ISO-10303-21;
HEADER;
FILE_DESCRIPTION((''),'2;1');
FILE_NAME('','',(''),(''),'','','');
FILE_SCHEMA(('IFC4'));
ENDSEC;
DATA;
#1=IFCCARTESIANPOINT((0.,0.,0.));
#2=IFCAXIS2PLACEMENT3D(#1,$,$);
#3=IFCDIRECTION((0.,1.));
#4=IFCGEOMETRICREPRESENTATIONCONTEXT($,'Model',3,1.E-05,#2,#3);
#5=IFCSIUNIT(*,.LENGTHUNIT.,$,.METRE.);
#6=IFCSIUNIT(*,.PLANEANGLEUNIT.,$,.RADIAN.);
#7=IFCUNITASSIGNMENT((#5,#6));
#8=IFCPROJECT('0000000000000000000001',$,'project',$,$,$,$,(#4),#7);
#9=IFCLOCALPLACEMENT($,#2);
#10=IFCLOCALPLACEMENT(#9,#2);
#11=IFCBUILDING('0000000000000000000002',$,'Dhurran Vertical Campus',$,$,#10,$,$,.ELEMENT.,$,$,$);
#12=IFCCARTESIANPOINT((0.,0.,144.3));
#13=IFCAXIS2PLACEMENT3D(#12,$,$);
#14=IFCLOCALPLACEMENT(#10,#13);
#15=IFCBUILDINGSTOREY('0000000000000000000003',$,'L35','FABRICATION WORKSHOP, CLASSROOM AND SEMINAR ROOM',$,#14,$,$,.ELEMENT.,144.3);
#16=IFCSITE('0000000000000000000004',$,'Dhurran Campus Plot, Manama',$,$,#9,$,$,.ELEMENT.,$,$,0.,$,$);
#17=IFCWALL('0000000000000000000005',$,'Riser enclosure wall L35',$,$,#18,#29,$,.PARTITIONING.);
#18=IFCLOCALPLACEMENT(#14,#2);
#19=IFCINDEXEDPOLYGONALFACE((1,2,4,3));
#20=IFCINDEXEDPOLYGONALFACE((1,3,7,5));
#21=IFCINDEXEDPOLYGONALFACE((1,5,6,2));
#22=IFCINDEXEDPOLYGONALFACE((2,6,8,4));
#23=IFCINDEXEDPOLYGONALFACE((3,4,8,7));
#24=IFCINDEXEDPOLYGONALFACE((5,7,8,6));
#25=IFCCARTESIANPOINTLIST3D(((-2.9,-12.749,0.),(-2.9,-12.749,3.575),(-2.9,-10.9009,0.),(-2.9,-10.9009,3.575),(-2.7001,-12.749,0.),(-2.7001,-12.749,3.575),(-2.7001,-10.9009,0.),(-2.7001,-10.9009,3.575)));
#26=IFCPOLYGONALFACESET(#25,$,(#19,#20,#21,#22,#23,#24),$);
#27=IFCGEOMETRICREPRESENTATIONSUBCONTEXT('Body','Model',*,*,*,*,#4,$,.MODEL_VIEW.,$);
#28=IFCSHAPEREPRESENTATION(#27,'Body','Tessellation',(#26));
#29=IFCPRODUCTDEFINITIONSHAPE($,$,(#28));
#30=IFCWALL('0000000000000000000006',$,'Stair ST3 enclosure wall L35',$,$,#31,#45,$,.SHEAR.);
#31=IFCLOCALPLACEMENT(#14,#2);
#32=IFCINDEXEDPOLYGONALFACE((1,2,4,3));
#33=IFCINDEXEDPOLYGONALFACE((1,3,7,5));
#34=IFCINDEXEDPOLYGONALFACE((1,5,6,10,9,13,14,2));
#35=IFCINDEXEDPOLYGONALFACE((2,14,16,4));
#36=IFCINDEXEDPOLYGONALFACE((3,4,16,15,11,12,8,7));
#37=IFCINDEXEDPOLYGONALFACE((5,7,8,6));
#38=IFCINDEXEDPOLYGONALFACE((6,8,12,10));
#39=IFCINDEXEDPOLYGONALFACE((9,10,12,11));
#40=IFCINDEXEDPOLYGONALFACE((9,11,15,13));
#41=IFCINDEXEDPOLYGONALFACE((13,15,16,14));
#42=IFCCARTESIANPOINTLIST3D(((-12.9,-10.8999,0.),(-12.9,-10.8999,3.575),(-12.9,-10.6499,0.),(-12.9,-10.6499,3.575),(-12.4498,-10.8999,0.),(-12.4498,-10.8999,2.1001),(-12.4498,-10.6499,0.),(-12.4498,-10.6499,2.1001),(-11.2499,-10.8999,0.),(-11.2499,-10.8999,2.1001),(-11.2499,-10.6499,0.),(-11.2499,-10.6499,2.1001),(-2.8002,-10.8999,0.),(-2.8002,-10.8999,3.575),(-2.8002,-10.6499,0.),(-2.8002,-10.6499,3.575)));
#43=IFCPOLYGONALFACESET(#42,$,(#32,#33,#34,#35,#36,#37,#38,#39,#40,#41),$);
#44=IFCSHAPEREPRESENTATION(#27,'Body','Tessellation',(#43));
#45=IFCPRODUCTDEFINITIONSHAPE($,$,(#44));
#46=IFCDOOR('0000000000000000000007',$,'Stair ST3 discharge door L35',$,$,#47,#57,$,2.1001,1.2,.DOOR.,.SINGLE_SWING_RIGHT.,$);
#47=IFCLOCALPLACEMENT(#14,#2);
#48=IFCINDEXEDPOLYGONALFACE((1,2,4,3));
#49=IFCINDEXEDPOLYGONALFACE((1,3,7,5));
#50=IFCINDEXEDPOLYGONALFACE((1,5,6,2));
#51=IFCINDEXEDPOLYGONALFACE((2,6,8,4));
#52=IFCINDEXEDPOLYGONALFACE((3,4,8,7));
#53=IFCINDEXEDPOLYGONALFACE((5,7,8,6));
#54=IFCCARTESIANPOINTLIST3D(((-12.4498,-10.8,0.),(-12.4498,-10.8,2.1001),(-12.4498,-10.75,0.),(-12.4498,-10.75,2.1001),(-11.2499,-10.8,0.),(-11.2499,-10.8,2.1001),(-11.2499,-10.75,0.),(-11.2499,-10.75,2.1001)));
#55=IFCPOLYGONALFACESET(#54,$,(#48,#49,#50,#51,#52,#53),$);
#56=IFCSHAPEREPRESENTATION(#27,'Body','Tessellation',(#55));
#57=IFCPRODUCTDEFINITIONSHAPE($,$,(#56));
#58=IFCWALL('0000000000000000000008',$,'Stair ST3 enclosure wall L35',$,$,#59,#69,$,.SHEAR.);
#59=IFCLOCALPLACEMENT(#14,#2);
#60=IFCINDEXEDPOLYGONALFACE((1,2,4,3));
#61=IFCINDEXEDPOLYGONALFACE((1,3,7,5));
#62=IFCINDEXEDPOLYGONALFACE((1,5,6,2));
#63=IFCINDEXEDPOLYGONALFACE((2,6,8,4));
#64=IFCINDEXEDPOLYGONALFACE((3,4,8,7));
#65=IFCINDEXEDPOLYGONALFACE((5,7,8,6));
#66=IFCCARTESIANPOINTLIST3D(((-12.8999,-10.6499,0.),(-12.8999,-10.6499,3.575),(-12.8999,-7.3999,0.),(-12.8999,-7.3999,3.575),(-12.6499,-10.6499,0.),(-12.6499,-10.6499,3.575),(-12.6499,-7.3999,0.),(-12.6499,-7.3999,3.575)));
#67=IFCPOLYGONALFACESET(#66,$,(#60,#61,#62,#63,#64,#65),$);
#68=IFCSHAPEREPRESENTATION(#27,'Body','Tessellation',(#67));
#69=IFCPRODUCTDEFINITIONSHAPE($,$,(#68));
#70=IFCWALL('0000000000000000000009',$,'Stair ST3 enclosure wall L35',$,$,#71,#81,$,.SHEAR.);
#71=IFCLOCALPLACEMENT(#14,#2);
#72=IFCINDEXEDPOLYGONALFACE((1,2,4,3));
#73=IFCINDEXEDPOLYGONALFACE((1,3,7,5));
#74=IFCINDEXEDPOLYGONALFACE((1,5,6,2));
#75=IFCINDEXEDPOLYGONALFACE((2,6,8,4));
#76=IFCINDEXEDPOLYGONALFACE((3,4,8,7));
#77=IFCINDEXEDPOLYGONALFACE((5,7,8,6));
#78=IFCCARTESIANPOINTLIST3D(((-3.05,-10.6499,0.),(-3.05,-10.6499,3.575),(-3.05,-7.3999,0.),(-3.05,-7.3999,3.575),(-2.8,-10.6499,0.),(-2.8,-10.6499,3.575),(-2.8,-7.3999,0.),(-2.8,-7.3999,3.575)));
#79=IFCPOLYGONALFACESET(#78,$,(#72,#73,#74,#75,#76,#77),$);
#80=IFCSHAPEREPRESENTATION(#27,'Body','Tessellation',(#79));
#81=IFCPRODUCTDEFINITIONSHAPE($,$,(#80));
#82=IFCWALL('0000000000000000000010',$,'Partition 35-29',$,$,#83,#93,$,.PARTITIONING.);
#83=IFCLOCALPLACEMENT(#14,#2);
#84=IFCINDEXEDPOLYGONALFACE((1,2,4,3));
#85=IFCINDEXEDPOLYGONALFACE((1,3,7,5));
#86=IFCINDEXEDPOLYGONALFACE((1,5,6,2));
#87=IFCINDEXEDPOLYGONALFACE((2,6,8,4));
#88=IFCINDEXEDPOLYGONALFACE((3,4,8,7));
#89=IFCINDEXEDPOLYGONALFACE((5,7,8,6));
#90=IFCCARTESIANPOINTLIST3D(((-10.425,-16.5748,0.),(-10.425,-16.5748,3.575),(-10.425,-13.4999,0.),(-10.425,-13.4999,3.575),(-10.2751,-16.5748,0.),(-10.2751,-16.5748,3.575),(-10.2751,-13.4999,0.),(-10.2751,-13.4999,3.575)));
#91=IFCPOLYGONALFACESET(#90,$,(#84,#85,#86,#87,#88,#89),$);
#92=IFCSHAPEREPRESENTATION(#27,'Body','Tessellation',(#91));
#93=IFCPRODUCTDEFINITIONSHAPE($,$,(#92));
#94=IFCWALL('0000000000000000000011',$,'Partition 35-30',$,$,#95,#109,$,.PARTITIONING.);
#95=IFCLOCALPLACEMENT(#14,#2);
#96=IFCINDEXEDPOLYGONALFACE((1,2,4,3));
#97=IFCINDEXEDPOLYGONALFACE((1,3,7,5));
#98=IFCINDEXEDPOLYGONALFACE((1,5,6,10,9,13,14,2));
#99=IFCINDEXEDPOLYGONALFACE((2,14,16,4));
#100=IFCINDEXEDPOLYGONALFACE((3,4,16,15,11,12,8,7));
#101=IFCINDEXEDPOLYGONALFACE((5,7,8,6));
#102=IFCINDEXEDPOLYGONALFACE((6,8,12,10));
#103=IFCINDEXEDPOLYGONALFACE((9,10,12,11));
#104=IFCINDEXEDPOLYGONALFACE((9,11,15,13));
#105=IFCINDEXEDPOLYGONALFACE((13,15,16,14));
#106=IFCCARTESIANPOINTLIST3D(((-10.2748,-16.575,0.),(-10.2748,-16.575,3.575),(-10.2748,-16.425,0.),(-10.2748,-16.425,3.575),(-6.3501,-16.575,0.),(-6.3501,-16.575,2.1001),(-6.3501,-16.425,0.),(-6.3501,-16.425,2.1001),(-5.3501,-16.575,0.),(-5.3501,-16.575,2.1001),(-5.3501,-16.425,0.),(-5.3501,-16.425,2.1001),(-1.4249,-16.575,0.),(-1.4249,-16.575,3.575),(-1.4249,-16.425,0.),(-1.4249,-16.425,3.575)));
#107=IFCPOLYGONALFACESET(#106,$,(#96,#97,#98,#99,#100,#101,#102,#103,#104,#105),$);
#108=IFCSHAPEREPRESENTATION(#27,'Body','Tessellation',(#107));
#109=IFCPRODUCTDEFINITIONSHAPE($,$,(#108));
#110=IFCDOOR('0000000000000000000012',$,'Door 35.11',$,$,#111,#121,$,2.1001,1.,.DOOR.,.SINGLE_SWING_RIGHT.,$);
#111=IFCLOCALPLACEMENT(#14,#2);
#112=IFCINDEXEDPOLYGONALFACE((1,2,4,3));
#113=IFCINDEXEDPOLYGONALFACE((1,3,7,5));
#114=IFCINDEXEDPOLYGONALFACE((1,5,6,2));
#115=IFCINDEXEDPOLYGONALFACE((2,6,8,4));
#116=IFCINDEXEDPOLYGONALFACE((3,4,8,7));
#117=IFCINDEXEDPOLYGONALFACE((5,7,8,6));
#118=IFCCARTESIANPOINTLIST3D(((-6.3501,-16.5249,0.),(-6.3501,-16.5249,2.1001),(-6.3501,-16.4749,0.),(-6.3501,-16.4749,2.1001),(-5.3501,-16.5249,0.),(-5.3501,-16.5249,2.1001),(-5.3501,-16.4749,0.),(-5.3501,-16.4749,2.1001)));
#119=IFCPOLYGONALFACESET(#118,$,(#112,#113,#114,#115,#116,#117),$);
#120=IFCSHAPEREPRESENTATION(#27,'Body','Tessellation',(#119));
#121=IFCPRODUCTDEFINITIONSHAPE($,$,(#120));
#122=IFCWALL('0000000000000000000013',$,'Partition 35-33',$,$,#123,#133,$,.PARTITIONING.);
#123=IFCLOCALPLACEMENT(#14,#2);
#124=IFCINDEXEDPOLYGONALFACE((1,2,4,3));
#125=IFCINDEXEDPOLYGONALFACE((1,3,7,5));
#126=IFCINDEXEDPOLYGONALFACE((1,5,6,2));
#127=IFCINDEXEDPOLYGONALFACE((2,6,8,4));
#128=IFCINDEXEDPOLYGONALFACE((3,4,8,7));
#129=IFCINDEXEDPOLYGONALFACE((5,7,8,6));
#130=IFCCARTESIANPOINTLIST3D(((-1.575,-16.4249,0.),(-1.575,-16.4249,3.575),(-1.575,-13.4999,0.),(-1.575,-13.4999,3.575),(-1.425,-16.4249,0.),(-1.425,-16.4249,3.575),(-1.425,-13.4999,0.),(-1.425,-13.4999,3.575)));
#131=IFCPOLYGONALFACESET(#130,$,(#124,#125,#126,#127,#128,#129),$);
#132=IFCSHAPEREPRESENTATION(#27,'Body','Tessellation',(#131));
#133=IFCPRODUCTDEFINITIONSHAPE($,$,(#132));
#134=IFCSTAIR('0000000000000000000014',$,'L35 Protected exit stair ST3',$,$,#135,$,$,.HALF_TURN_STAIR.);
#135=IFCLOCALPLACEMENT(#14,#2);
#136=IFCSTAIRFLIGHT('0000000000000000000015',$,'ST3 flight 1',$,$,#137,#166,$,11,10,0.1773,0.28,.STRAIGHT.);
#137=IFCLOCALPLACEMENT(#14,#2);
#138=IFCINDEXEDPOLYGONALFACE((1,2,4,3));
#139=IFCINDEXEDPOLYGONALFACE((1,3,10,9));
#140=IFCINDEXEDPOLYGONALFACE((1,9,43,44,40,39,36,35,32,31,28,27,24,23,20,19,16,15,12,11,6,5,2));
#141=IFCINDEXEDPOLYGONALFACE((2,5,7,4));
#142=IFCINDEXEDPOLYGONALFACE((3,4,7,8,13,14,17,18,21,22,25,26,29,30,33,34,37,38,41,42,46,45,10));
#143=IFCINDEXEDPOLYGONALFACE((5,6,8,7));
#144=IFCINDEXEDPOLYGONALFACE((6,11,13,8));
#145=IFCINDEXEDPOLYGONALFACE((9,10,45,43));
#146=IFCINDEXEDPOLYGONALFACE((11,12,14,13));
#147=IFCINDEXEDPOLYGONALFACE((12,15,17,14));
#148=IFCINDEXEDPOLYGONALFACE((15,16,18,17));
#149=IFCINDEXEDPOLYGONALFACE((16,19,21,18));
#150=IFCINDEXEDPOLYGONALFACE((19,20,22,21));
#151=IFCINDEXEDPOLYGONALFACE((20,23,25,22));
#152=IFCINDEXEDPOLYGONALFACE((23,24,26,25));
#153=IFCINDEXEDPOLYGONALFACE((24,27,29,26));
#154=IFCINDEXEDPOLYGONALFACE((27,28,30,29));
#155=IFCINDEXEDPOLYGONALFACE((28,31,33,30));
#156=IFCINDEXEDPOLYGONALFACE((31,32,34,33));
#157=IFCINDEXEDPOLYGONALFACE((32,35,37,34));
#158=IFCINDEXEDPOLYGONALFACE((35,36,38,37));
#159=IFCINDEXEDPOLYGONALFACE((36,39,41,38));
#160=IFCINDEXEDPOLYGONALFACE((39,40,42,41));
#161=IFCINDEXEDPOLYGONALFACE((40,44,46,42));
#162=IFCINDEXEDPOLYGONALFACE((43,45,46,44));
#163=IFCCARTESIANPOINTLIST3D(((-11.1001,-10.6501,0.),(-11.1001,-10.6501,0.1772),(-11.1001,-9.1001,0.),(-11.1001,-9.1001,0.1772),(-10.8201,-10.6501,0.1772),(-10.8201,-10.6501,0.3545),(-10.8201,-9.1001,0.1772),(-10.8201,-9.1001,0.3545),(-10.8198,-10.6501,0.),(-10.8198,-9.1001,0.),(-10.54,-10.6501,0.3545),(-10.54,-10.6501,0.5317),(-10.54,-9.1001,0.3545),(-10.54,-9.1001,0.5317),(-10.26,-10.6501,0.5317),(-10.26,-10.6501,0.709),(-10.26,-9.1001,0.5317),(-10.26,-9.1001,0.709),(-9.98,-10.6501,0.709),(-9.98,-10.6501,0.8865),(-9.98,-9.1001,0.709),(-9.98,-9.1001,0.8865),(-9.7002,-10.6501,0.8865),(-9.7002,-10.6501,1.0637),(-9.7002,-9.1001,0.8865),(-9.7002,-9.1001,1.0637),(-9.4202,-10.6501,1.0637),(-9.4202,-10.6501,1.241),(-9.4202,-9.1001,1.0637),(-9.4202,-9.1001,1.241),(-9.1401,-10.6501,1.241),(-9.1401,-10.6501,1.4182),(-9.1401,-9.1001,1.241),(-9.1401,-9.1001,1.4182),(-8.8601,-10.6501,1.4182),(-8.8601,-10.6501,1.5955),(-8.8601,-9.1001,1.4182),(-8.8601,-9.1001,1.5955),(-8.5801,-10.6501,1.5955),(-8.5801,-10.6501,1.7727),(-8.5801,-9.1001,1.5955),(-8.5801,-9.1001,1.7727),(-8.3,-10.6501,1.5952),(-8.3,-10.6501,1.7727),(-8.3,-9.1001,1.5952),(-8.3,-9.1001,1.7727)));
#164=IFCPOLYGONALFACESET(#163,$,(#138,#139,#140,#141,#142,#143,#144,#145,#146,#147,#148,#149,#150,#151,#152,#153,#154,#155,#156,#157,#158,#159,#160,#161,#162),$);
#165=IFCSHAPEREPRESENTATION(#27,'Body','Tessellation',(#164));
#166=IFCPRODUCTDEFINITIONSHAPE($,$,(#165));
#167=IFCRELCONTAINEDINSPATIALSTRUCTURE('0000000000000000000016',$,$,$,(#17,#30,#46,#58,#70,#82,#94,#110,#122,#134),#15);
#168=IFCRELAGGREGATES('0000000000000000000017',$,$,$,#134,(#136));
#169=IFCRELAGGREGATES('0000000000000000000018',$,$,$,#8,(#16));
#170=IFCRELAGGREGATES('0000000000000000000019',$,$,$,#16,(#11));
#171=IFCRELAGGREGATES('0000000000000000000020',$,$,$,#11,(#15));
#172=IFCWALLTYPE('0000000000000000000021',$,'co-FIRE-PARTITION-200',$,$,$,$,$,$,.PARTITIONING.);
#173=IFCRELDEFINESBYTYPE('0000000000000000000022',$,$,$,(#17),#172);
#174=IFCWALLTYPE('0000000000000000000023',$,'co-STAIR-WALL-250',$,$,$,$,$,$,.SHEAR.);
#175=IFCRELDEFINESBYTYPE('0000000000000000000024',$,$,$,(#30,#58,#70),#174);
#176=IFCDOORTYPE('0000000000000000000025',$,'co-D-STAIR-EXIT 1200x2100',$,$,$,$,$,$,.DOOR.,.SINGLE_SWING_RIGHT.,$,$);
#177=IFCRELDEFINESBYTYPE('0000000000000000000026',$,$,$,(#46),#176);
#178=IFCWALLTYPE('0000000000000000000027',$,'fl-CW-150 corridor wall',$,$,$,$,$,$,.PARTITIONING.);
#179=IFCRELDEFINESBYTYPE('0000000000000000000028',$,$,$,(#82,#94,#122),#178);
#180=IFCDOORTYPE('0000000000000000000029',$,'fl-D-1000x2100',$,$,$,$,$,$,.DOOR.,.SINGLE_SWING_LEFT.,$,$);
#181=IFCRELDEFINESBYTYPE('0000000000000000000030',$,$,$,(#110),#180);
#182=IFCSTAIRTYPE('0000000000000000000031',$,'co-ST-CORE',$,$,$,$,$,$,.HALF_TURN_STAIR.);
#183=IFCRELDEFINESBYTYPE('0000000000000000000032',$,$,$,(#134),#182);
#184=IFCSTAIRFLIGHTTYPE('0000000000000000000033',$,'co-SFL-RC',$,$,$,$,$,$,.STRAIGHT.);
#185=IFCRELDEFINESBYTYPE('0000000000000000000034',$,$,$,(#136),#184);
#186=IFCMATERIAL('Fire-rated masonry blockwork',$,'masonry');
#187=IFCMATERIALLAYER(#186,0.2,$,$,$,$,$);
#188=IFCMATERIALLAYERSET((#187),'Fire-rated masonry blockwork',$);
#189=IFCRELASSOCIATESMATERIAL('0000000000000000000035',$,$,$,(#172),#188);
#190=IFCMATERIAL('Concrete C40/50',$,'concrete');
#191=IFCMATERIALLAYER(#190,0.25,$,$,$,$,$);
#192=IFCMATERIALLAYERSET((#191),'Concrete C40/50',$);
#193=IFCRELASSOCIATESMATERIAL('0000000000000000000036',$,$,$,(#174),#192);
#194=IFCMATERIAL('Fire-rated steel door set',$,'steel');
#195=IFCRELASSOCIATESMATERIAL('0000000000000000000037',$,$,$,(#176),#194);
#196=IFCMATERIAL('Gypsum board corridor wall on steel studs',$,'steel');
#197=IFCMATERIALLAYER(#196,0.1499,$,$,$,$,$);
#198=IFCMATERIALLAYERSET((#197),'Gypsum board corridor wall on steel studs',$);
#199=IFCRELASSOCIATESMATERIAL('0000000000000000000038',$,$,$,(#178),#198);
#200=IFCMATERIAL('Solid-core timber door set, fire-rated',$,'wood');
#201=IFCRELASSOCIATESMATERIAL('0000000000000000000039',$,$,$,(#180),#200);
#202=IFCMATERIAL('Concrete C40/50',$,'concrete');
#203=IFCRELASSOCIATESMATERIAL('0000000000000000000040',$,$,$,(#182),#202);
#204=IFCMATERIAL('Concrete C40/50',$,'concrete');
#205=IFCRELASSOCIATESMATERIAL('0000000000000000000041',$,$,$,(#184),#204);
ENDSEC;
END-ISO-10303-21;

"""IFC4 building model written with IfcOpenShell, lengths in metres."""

from ifc_helpers import new_model, si_unit, direction, frame, frame_2d, origin, place, context, subcontext, project, spatial, polyline, rectangle, outline, extrude, material, layer, layer_set, type_object, element, fill, aggregate, save


model = new_model("IFC4")

# Units and contexts
model_context = context("Model", 3, precision=1e-05, world=origin(), true_north=direction((0.0, 1.0)))
body_context = subcontext(model_context, "Body", "Model", "MODEL_VIEW")
ifc_project = project(units=[si_unit("LENGTHUNIT", "METRE"), si_unit("PLANEANGLEUNIT", "RADIAN")], contexts=[model_context])

# Site, building, storey
site_placement = place(None, origin())
site = spatial("IfcSite", under=ifc_project, at=site_placement, Name="Dhurran Campus Plot, Manama", CompositionType="ELEMENT", RefElevation=0.0)
building_placement = place(site_placement, origin())
building = spatial("IfcBuilding", under=site, at=building_placement, Name="Dhurran Vertical Campus", CompositionType="ELEMENT")
storey_placement = place(building_placement, frame((0.0, 0.0, 144.3)))
storey = spatial("IfcBuildingStorey", under=building, at=storey_placement, Name="L35", Description="FABRICATION WORKSHOP, CLASSROOM AND SEMINAR ROOM", CompositionType="ELEMENT", Elevation=144.3)

# Shared definitions
ifc_material_1 = material(Name="Fire-rated masonry blockwork", Category="masonry")
ifc_layer_1 = layer(ifc_material_1, 0.2)
ifc_layer_set_1 = layer_set([ifc_layer_1], Name="Fire-rated masonry blockwork")
wall_type_1 = type_object("IfcWallType", Name="co-FIRE-PARTITION-200", PredefinedType="PARTITIONING", material=ifc_layer_set_1)

# Wall
wall_1_placement = place(storey_placement, frame((-2.8, -12.749, 0.0), z_axis=(0.0, 0.0, 1.0), x_axis=(0.0, 1.0, 0.0)))
element("IfcWall", 1, at=wall_1_placement, inside=storey, type_object=wall_type_1, Name="Riser enclosure wall L35", PredefinedType="PARTITIONING", context=body_context, shape_type="SweptSolid", body=[
    extrude(rectangle(XDim=1.8481, YDim=0.2, at=frame_2d((0.9241, 0.0))), origin(), (0.0, 0.0, 1.0), 3.575),
])

# Wall, opening, door
ifc_material_2 = material(Name="Concrete C40/50", Category="concrete")
ifc_layer_2 = layer(ifc_material_2, 0.25)
ifc_layer_set_2 = layer_set([ifc_layer_2], Name="Concrete C40/50")
wall_type_2 = type_object("IfcWallType", Name="co-STAIR-WALL-250", PredefinedType="SHEAR", material=ifc_layer_set_2)
wall_2_placement = place(storey_placement, frame((-12.8999, -10.7749, 0.0), z_axis=(0.0, 0.0, 1.0), x_axis=(1.0, 0.0, 0.0)))
wall_2 = element("IfcWall", 2, at=wall_2_placement, inside=storey, type_object=wall_type_2, Name="Stair ST3 enclosure wall L35", PredefinedType="SHEAR", context=body_context, shape_type="SweptSolid", body=[
    extrude(rectangle(XDim=10.0999, YDim=0.25, at=frame_2d((5.0498, 0.0))), origin(), (0.0, 0.0, 1.0), 3.575),
])
opening_1_placement = place(wall_2_placement, frame((0.45, 0.0, 0.0)))
opening_1 = element("IfcOpeningElement", 3, at=opening_1_placement, cuts=wall_2, PredefinedType="OPENING", context=body_context, shape_type="SweptSolid", body=[
    extrude(rectangle(XDim=1.2, YDim=2.1001, at=frame_2d((0.6001, 1.05))), frame((0.0, 0.135, 0.0), z_axis=(0.0, -1.0, 0.0), x_axis=(1.0, 0.0, 0.0)), (0.0, 0.0, 1.0), 0.27),
])
ifc_material_3 = material(Name="Fire-rated steel door set", Category="steel")
door_type_1 = type_object("IfcDoorType", Name="co-D-STAIR-EXIT 1200x2100", OperationType="SINGLE_SWING_RIGHT", PredefinedType="DOOR", material=ifc_material_3)
door_1_placement = place(opening_1_placement, origin())
door_1 = element("IfcDoor", 4, at=door_1_placement, inside=storey, type_object=door_type_1, Name="Stair ST3 discharge door L35", OperationType="SINGLE_SWING_RIGHT", OverallHeight=2.1001, OverallWidth=1.2, PredefinedType="DOOR", context=body_context, shape_type="SweptSolid", body=[
    extrude(rectangle(XDim=1.2, YDim=2.1001, at=frame_2d((0.6001, 1.05))), frame((0.0, 0.0249, 0.0), z_axis=(0.0, -1.0, 0.0), x_axis=(1.0, 0.0, 0.0)), (0.0, 0.0, 1.0), 0.05),
])
fill(opening_1, door_1)

# Walls
for number, where, z_axis, x_axis, name in (
    (5, (-12.7749, -10.6499, 0.0), (0.0, 0.0, 1.0), (0.0, 1.0, 0.0), "Stair ST3 enclosure wall L35"),
    (6, (-2.925, -10.6499, 0.0), (0.0, 0.0, 1.0), (0.0, 1.0, 0.0), "Stair ST3 enclosure wall L35"),
):
    element("IfcWall", number, at=place(storey_placement, frame(where, z_axis=z_axis, x_axis=x_axis)), inside=storey, type_object=wall_type_2, Name=name, PredefinedType="SHEAR", context=body_context, shape_type="SweptSolid", body=[
        extrude(rectangle(XDim=3.25, YDim=0.25, at=frame_2d((1.625, 0.0))), origin(), (0.0, 0.0, 1.0), 3.575),
    ])
ifc_material_4 = material(Name="Gypsum board corridor wall on steel studs", Category="steel")
ifc_layer_3 = layer(ifc_material_4, 0.1499)
ifc_layer_set_3 = layer_set([ifc_layer_3], Name="Gypsum board corridor wall on steel studs")
wall_type_3 = type_object("IfcWallType", Name="fl-CW-150 corridor wall", PredefinedType="PARTITIONING", material=ifc_layer_set_3)
wall_3_placement = place(storey_placement, frame((-10.3501, -16.575, 0.0), z_axis=(0.0, 0.0, 1.0), x_axis=(0.0, 1.0, 0.0)))
element("IfcWall", 7, at=wall_3_placement, inside=storey, type_object=wall_type_3, Name="Partition 35-29", PredefinedType="PARTITIONING", context=body_context, shape_type="SweptSolid", body=[
    extrude(rectangle(XDim=3.075, YDim=0.1499, at=frame_2d((1.5376, 0.0))), origin(), (0.0, 0.0, 1.0), 3.575),
])

# Wall, opening, door
wall_4_placement = place(storey_placement, frame((-1.425, -16.5, 0.0), z_axis=(0.0, 0.0, 1.0), x_axis=(-1.0, 0.0, 0.0)))
wall_4 = element("IfcWall", 8, at=wall_4_placement, inside=storey, type_object=wall_type_3, Name="Partition 35-30", PredefinedType="PARTITIONING", context=body_context, shape_type="SweptSolid", body=[
    extrude(rectangle(XDim=8.8499, YDim=0.1499, at=frame_2d((4.4248, 0.0))), origin(), (0.0, 0.0, 1.0), 3.575),
])
opening_2_placement = place(wall_4_placement, frame((3.925, 0.0, 0.0)))
opening_2 = element("IfcOpeningElement", 9, at=opening_2_placement, cuts=wall_4, PredefinedType="OPENING", context=body_context, shape_type="SweptSolid", body=[
    extrude(rectangle(XDim=1.0, YDim=2.1001, at=frame_2d((0.5, 1.05))), frame((0.0, 0.085, 0.0), z_axis=(0.0, -1.0, 0.0), x_axis=(1.0, 0.0, 0.0)), (0.0, 0.0, 1.0), 0.1699),
])
ifc_material_5 = material(Name="Solid-core timber door set, fire-rated", Category="wood")
door_type_2 = type_object("IfcDoorType", Name="fl-D-1000x2100", OperationType="SINGLE_SWING_LEFT", PredefinedType="DOOR", material=ifc_material_5)
door_2_placement = place(opening_2_placement, origin())
door_2 = element("IfcDoor", 10, at=door_2_placement, inside=storey, type_object=door_type_2, Name="Door 35.11", OperationType="SINGLE_SWING_RIGHT", OverallHeight=2.1001, OverallWidth=1.0, PredefinedType="DOOR", context=body_context, shape_type="SweptSolid", body=[
    extrude(rectangle(XDim=1.0, YDim=2.1001, at=frame_2d((0.5, 1.05))), frame((0.0, 0.0249, 0.0), z_axis=(0.0, -1.0, 0.0), x_axis=(1.0, 0.0, 0.0)), (0.0, 0.0, 1.0), 0.05),
])
fill(opening_2, door_2)

# Wall
wall_5_placement = place(storey_placement, frame((-1.5, -13.5, 0.0), z_axis=(0.0, 0.0, 1.0), x_axis=(0.0, -1.0, 0.0)))
element("IfcWall", 11, at=wall_5_placement, inside=storey, type_object=wall_type_3, Name="Partition 35-33", PredefinedType="PARTITIONING", context=body_context, shape_type="SweptSolid", body=[
    extrude(rectangle(XDim=2.925, YDim=0.1499, at=frame_2d((1.4624, 0.0))), origin(), (0.0, 0.0, 1.0), 3.575),
])

# Stair, stair flight
ifc_material_6 = material(Name="Concrete C40/50", Category="concrete")
stair_type = type_object("IfcStairType", Name="co-ST-CORE", PredefinedType="HALF_TURN_STAIR", material=ifc_material_6)
stair_placement = place(storey_placement, origin())
stair = element("IfcStair", 12, at=stair_placement, inside=storey, type_object=stair_type, Name="L35 Protected exit stair ST3", PredefinedType="HALF_TURN_STAIR")
ifc_material_7 = material(Name="Concrete C40/50", Category="concrete")
stair_flight_type = type_object("IfcStairFlightType", Name="co-SFL-RC", PredefinedType="STRAIGHT", material=ifc_material_7)
stair_flight_placement = place(storey_placement, frame((-11.1001, -9.875, 0.0), z_axis=(0.0, 0.0, 1.0), x_axis=(1.0, 0.0, 0.0)))
stair_flight = element("IfcStairFlight", 13, at=stair_flight_placement, type_object=stair_flight_type, Name="ST3 flight 1", NumberOfRisers=11, NumberOfTreads=10, PredefinedType="STRAIGHT", RiserHeight=0.1773, TreadLength=0.28, context=body_context, shape_type="SweptSolid", body=[
    extrude(outline(polyline([(0.0, 0.0), (0.0, 0.1772), (0.28, 0.1772), (0.28, 0.3545), (0.5601, 0.3545), (0.5601, 0.5317), (0.8401, 0.5317), (0.8401, 0.709), (1.1201, 0.709), (1.1201, 0.8865), (1.3999, 0.8865), (1.3999, 1.0637), (1.6799, 1.0637), (1.6799, 1.241), (1.96, 1.241), (1.96, 1.4182), (2.24, 1.4182), (2.24, 1.5955), (2.52, 1.5955), (2.52, 1.7727), (2.8, 1.7727), (2.8, 1.95), (2.8, 1.5952), (0.2803, 0.0), (0.0, 0.0)])), frame((0.0, 0.7749, 0.0), z_axis=(0.0, -1.0, 0.0), x_axis=(1.0, 0.0, 0.0)), (0.0, 0.0, 1.0), 1.55),
])
aggregate(stair, [stair_flight])

save(model, "model.ifc")
